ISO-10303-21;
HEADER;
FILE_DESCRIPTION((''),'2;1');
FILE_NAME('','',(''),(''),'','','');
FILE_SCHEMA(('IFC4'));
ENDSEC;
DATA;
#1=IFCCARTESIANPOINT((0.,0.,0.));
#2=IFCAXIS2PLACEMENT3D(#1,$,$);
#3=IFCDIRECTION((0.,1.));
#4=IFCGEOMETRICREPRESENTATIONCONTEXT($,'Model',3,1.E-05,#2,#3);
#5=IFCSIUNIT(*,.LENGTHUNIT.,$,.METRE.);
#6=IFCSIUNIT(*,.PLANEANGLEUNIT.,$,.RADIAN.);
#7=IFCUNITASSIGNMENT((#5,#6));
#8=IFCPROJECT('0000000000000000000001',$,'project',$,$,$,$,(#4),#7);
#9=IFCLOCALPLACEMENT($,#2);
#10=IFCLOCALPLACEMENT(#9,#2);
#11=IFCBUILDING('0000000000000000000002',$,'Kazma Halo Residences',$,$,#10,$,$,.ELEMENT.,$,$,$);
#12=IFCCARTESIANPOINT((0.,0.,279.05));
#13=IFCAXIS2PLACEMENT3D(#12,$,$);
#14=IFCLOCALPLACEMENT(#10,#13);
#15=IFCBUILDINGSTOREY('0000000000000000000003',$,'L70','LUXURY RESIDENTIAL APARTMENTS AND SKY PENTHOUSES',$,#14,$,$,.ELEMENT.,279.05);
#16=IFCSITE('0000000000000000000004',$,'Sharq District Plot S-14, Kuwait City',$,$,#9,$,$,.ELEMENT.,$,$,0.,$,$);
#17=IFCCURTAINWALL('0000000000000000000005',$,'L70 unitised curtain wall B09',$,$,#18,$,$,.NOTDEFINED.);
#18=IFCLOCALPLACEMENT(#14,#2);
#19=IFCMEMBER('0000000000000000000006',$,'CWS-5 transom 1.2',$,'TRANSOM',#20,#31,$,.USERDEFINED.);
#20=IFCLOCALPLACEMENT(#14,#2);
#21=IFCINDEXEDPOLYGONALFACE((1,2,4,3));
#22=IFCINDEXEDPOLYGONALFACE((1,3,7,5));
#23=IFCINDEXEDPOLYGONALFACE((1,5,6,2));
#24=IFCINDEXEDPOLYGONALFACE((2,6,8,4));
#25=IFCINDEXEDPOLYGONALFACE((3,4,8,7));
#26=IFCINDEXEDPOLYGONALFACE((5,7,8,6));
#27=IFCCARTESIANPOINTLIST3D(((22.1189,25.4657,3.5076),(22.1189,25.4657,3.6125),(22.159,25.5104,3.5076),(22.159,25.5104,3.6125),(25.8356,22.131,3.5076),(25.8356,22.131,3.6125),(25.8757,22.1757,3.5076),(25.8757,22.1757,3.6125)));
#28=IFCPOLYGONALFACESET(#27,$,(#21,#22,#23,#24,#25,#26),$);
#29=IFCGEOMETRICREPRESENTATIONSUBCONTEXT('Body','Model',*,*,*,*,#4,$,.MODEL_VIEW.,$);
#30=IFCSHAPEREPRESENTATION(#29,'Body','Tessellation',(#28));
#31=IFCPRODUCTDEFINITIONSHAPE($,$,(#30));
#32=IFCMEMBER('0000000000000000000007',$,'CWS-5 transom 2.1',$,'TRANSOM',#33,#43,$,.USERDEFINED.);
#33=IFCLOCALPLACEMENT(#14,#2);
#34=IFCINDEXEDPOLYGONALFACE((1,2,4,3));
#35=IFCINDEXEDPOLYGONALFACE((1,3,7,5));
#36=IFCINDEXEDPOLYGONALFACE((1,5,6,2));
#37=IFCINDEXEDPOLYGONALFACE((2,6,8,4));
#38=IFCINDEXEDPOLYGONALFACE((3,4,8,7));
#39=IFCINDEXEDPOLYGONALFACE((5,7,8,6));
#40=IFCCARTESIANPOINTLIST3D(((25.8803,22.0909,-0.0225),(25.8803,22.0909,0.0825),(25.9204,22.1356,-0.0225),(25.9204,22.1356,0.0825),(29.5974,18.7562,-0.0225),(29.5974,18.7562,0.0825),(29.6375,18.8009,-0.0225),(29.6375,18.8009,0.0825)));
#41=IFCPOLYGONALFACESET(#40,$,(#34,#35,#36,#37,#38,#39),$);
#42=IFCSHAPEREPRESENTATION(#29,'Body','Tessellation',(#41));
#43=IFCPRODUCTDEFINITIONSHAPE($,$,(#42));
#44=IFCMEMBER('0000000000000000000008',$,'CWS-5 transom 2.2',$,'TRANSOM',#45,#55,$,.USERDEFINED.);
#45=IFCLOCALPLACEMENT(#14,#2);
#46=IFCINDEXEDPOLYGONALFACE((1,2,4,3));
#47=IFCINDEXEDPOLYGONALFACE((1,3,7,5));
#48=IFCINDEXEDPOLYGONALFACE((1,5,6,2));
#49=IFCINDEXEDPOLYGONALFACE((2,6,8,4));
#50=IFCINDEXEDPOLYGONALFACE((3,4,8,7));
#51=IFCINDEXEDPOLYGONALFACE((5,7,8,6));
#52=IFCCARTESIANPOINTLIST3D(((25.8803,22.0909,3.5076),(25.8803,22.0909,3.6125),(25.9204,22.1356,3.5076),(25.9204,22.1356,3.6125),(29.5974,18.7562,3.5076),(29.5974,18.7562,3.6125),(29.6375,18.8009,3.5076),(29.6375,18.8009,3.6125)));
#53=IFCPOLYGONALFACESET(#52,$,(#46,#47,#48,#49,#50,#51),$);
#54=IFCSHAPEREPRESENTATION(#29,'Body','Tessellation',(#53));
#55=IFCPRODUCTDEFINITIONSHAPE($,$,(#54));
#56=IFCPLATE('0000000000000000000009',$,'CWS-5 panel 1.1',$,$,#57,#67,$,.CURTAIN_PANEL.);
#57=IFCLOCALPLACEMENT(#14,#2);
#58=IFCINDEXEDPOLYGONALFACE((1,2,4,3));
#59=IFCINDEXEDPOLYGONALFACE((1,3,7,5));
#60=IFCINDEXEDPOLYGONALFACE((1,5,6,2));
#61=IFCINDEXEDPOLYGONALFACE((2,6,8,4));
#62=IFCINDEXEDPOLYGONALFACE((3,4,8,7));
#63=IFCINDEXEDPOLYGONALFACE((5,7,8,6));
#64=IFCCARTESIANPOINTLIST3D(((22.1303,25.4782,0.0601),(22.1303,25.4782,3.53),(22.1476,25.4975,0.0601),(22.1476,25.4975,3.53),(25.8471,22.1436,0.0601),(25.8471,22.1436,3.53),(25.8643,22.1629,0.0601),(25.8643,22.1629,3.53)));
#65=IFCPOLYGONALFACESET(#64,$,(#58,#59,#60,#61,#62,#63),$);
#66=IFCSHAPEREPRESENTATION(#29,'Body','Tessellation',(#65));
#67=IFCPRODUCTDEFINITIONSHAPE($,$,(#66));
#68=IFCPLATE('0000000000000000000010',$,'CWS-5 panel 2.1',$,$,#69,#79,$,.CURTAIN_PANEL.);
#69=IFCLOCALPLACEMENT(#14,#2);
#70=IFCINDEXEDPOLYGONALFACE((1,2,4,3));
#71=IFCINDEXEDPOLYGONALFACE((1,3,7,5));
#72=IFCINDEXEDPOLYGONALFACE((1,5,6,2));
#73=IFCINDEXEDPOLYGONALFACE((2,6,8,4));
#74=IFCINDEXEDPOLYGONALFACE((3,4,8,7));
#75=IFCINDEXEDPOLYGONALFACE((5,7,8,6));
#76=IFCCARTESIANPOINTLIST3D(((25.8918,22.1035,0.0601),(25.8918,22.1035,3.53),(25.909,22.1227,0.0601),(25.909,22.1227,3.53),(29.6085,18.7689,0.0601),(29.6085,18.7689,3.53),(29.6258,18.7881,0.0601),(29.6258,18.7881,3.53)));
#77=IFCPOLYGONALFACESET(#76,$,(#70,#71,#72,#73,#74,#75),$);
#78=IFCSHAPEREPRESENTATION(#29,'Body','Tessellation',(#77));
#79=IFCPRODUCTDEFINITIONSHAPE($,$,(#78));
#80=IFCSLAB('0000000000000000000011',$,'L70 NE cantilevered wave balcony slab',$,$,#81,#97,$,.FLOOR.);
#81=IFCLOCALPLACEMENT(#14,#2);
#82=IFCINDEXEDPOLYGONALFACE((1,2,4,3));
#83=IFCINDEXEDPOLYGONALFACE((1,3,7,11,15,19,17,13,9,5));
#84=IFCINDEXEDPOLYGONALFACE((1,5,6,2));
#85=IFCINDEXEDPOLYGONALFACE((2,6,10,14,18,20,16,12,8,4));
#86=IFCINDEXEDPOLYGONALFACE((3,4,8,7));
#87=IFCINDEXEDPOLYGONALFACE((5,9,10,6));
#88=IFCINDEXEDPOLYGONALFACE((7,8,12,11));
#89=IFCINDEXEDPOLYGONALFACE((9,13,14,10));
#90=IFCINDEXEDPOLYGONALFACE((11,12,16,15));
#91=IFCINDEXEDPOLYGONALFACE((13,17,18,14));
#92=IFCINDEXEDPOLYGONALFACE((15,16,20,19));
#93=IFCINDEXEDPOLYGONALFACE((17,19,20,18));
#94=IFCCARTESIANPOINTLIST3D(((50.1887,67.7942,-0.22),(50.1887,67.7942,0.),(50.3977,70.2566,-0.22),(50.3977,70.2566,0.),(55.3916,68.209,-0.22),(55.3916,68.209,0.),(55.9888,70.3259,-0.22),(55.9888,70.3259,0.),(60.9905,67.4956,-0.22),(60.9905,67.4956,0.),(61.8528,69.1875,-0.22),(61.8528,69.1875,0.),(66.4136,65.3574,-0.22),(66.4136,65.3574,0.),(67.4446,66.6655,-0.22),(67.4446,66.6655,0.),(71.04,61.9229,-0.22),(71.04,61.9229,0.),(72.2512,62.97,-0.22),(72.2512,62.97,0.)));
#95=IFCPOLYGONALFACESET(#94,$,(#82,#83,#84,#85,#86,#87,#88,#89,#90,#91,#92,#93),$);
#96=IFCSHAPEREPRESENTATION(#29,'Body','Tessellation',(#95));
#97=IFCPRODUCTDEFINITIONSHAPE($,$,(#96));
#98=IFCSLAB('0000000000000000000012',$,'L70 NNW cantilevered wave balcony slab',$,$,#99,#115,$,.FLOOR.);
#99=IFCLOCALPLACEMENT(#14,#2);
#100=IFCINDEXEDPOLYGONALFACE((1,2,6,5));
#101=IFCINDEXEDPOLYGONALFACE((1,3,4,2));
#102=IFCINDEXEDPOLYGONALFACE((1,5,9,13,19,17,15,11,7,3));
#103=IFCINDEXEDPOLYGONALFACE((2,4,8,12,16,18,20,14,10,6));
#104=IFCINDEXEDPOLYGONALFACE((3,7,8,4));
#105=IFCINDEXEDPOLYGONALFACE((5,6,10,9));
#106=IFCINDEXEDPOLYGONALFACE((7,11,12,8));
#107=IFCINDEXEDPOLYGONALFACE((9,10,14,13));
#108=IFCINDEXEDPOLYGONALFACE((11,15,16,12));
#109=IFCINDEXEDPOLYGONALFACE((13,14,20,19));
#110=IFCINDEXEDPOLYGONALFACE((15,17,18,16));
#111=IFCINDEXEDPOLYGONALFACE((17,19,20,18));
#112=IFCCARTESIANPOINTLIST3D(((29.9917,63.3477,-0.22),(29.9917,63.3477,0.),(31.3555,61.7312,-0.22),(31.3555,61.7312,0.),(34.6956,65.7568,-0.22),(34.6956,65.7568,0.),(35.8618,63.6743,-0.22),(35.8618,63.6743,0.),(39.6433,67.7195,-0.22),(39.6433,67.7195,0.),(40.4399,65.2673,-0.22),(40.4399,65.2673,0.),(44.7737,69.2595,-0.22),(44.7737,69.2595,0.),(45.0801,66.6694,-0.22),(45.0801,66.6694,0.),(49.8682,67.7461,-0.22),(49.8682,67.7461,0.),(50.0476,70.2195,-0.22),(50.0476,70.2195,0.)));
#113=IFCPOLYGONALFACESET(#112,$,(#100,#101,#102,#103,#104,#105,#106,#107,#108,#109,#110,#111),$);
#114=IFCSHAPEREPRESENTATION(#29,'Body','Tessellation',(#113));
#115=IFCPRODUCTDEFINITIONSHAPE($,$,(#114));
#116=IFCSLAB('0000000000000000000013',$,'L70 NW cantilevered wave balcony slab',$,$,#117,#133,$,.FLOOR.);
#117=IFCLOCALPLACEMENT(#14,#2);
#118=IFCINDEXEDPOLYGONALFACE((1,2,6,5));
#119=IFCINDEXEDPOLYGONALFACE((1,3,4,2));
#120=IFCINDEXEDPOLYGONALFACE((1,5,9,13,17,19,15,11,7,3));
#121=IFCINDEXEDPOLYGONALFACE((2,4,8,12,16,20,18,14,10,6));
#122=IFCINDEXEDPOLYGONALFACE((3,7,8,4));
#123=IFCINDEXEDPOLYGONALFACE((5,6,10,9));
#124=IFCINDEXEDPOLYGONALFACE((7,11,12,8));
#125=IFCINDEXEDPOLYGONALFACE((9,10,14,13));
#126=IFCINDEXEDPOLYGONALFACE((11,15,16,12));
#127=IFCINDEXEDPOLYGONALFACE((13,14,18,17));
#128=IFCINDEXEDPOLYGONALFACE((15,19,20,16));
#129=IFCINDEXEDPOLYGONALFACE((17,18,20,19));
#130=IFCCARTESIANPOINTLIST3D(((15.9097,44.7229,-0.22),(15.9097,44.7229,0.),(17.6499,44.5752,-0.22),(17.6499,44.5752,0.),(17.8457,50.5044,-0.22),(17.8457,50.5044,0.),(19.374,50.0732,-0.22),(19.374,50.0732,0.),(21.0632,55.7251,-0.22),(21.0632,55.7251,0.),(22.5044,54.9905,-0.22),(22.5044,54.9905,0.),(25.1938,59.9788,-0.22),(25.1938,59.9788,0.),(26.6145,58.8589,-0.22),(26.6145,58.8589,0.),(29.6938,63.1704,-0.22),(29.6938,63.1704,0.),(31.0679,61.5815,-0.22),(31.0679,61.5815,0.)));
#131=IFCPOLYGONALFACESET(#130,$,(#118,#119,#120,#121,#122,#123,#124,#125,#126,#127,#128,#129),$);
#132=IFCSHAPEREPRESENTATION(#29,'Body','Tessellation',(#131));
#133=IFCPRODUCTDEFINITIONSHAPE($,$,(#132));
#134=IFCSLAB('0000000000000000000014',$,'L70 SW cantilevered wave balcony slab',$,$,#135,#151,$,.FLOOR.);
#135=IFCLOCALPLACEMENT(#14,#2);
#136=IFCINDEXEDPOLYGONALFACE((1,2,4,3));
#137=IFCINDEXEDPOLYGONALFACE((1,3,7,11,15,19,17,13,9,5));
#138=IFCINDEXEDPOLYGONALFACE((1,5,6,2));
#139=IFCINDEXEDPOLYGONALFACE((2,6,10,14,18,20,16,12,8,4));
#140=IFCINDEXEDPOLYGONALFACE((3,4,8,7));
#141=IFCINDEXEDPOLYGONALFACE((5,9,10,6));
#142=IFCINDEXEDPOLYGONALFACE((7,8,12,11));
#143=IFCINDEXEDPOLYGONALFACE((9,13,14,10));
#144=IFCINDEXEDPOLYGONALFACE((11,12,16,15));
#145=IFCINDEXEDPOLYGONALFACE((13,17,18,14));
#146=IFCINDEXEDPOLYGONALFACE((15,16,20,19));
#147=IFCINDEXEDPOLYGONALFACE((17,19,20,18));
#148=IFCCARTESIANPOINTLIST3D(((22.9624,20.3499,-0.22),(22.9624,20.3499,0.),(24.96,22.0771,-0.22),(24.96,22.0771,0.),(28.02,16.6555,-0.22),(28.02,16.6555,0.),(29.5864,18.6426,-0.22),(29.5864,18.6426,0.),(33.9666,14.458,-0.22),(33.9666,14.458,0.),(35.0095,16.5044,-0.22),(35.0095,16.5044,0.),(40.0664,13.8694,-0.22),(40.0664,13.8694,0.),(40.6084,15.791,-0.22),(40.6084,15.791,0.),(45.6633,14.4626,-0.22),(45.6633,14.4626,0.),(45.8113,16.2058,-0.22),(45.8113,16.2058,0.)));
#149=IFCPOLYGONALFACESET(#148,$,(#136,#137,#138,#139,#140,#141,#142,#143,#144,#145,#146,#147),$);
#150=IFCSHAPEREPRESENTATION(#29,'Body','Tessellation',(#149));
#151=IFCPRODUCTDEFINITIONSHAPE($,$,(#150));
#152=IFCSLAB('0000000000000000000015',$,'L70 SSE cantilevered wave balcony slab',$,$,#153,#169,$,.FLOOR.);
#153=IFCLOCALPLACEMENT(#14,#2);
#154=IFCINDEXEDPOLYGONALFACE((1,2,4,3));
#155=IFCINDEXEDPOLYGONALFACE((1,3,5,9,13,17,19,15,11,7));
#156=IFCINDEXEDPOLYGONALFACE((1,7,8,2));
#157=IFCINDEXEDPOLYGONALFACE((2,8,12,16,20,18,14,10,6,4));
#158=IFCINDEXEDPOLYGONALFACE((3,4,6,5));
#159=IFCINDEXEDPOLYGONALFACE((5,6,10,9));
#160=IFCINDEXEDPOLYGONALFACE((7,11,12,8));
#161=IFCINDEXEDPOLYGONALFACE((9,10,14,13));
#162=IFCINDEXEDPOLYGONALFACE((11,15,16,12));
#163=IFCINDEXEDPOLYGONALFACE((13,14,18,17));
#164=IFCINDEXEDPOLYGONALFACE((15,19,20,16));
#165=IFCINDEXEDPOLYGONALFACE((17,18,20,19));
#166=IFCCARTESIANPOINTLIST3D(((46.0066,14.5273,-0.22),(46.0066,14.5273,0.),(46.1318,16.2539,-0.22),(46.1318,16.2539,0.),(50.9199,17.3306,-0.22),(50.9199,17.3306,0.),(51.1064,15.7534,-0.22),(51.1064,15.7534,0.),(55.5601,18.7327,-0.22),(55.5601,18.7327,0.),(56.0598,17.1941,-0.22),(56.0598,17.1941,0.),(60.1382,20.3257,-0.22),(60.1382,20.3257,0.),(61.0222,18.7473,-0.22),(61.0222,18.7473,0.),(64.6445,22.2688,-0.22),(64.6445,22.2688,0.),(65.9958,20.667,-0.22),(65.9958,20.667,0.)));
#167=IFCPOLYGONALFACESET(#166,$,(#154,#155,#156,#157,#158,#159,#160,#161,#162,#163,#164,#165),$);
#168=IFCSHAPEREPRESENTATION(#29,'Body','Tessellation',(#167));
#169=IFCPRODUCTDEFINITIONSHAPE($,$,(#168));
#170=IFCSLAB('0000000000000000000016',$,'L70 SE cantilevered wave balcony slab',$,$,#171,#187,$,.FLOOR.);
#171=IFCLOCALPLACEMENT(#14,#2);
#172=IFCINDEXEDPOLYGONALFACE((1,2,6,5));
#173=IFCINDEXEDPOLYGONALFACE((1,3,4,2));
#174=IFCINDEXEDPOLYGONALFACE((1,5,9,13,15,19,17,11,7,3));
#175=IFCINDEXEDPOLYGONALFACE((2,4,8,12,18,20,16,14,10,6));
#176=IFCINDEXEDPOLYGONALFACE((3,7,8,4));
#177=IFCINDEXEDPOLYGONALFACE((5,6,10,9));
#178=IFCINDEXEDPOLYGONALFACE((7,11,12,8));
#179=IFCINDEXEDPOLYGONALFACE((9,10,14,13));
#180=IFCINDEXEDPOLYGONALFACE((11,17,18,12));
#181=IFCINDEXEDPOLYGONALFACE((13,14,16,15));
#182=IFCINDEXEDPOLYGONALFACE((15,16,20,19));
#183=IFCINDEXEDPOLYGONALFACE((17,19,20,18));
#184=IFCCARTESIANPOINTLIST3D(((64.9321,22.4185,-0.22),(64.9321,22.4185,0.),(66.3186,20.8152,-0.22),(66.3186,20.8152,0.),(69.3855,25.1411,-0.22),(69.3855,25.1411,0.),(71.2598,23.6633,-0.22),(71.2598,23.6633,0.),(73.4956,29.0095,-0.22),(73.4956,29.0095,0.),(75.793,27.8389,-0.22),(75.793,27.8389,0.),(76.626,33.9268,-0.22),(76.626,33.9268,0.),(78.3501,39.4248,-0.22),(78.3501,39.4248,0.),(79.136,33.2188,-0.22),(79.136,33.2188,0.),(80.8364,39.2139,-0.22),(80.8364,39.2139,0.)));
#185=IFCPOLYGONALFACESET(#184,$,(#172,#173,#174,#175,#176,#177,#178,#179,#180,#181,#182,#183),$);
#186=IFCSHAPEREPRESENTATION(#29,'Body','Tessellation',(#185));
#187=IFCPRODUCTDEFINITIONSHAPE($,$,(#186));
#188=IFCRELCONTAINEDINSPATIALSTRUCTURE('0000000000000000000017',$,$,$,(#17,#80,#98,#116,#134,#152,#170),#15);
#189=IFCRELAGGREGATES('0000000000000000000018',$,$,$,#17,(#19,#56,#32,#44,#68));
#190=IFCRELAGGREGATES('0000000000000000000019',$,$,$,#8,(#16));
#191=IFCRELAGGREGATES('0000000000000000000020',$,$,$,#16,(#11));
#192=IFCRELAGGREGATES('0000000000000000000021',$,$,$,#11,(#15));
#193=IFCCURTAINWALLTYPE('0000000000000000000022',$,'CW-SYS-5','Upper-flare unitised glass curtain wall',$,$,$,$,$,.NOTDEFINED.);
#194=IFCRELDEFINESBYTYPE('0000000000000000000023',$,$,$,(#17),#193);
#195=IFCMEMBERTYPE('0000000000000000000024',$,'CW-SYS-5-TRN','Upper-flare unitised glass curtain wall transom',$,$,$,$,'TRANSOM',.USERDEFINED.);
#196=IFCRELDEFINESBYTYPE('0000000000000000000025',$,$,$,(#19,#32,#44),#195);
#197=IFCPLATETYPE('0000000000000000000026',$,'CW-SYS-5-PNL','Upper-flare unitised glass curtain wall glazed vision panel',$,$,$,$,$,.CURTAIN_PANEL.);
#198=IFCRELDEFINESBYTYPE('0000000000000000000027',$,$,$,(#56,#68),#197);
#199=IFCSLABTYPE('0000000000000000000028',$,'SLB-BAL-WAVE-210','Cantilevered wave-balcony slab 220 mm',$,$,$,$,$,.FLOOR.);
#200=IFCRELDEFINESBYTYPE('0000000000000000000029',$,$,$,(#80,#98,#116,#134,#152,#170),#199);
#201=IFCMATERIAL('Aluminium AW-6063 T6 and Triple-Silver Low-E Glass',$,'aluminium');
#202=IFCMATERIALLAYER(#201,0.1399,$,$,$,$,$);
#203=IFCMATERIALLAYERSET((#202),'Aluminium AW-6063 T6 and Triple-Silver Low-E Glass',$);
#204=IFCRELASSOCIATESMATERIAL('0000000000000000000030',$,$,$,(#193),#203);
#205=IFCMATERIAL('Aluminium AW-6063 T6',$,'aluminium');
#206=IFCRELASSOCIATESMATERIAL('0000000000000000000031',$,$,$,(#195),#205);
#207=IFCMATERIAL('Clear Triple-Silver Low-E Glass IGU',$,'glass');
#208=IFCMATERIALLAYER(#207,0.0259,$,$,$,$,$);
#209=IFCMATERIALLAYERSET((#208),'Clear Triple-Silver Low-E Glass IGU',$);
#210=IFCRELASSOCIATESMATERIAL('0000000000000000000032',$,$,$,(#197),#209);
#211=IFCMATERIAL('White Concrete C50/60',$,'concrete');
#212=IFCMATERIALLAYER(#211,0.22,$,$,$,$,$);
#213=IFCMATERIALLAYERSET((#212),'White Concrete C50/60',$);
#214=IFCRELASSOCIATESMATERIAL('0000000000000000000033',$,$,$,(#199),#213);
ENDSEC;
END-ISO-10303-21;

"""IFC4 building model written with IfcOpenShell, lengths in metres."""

from ifc_helpers import new_model, si_unit, direction, frame, origin, origin_2d, place, context, subcontext, project, spatial, polyline, rectangle, outline, extrude, material, layer, layer_set, material_profile, profile_set, type_object, element, aggregate, save


model = new_model("IFC4")

# Units and contexts
model_context = context("Model", 3, precision=1e-05, world=origin(), true_north=direction((0.0, 1.0)))
body_context = subcontext(model_context, "Body", "Model", "MODEL_VIEW")
ifc_project = project(units=[si_unit("LENGTHUNIT", "METRE"), si_unit("PLANEANGLEUNIT", "RADIAN")], contexts=[model_context])

# Site, building, storey
site_placement = place(None, origin())
site = spatial("IfcSite", under=ifc_project, at=site_placement, Name="Sharq District Plot S-14, Kuwait City", CompositionType="ELEMENT", RefElevation=0.0)
building_placement = place(site_placement, origin())
building = spatial("IfcBuilding", under=site, at=building_placement, Name="Kazma Halo Residences", CompositionType="ELEMENT")
storey_placement = place(building_placement, frame((0.0, 0.0, 279.05)))
storey = spatial("IfcBuildingStorey", under=building, at=storey_placement, Name="L70", Description="LUXURY RESIDENTIAL APARTMENTS AND SKY PENTHOUSES", CompositionType="ELEMENT", Elevation=279.05)

# Curtain wall, members, plates
ifc_material_1 = material(Name="Aluminium AW-6063 T6 and Triple-Silver Low-E Glass", Category="aluminium")
ifc_layer_1 = layer(ifc_material_1, 0.1399)
ifc_layer_set_1 = layer_set([ifc_layer_1], Name="Aluminium AW-6063 T6 and Triple-Silver Low-E Glass")
curtain_wall_type = type_object("IfcCurtainWallType", Name="CW-SYS-5", Description="Upper-flare unitised glass curtain wall", PredefinedType="NOTDEFINED", material=ifc_layer_set_1)
curtain_wall_placement = place(storey_placement, origin())
curtain_wall = element("IfcCurtainWall", 1, at=curtain_wall_placement, inside=storey, type_object=curtain_wall_type, Name="L70 unitised curtain wall B09", PredefinedType="NOTDEFINED")
ifc_material_2 = material(Name="Aluminium AW-6063 T6", Category="aluminium")
ifc_material_profile_1 = material_profile(ifc_material_2, rectangle(XDim=0.0601, YDim=0.105, at=origin_2d()), Name="CWT-60x105")
ifc_profile_set_1 = profile_set([ifc_material_profile_1], Name="Aluminium AW-6063 T6")
member_type_1 = type_object("IfcMemberType", Name="CW-SYS-5-TRN", Description="Upper-flare unitised glass curtain wall transom", ElementType="TRANSOM", PredefinedType="USERDEFINED", material=ifc_profile_set_1)
member_1_placement = place(storey_placement, frame((22.1389, 25.488, 3.5601), z_axis=(0.744329, -0.667813, 0.0), x_axis=(0.667813, 0.744329, 0.0)))
member_1 = element("IfcMember", 2, at=member_1_placement, type_object=member_type_1, Name="CWS-5 transom 1.2", ObjectType="TRANSOM", PredefinedType="USERDEFINED", context=body_context, shape_type="SweptSolid", body=[
    extrude(rectangle(XDim=0.0601, YDim=0.105, at=origin_2d()), origin(), (0.0, 0.0, 1.0), 4.9934),
])
member_2_placement = place(storey_placement, frame((25.9004, 22.1133, 0.03), z_axis=(0.744351, -0.667789, 0.0), x_axis=(0.667789, 0.744351, 0.0)))
member_2 = element("IfcMember", 3, at=member_2_placement, type_object=member_type_1, Name="CWS-5 transom 2.1", ObjectType="TRANSOM", PredefinedType="USERDEFINED", context=body_context, shape_type="SweptSolid", body=[
    extrude(rectangle(XDim=0.0601, YDim=0.105, at=origin_2d()), origin(), (0.0, 0.0, 1.0), 4.9937),
])
member_3_placement = place(storey_placement, frame((25.9004, 22.1133, 3.5601), z_axis=(0.744351, -0.667789, 0.0), x_axis=(0.667789, 0.744351, 0.0)))
member_3 = element("IfcMember", 4, at=member_3_placement, type_object=member_type_1, Name="CWS-5 transom 2.2", ObjectType="TRANSOM", PredefinedType="USERDEFINED", context=body_context, shape_type="SweptSolid", body=[
    extrude(rectangle(XDim=0.0601, YDim=0.105, at=origin_2d()), origin(), (0.0, 0.0, 1.0), 4.9937),
])
ifc_material_3 = material(Name="Clear Triple-Silver Low-E Glass IGU", Category="glass")
ifc_layer_2 = layer(ifc_material_3, 0.0259)
ifc_layer_set_2 = layer_set([ifc_layer_2], Name="Clear Triple-Silver Low-E Glass IGU")
plate_type = type_object("IfcPlateType", Name="CW-SYS-5-PNL", Description="Upper-flare unitised glass curtain wall glazed vision panel", PredefinedType="CURTAIN_PANEL", material=ifc_layer_set_2)
plate_1_placement = place(storey_placement, frame((23.9973, 23.8206, 0.0601), z_axis=(0.0, 0.0, 1.0), x_axis=(0.744336, -0.667805, 0.0)))
plate_1 = element("IfcPlate", 5, at=plate_1_placement, type_object=plate_type, Name="CWS-5 panel 1.1", PredefinedType="CURTAIN_PANEL", context=body_context, shape_type="SweptSolid", body=[
    extrude(rectangle(XDim=4.9934, YDim=0.0259, at=origin_2d()), origin(), (0.0, 0.0, 1.0), 3.47),
])
plate_2_placement = place(storey_placement, frame((27.7588, 20.4458, 0.0601), z_axis=(0.0, 0.0, 1.0), x_axis=(0.744336, -0.667805, 0.0)))
plate_2 = element("IfcPlate", 6, at=plate_2_placement, type_object=plate_type, Name="CWS-5 panel 2.1", PredefinedType="CURTAIN_PANEL", context=body_context, shape_type="SweptSolid", body=[
    extrude(rectangle(XDim=4.9934, YDim=0.0259, at=origin_2d()), origin(), (0.0, 0.0, 1.0), 3.47),
])
aggregate(curtain_wall, [member_1, plate_1, member_2, member_3, plate_2])

# Slabs
ifc_material_4 = material(Name="White Concrete C50/60", Category="concrete")
ifc_layer_3 = layer(ifc_material_4, 0.22)
ifc_layer_set_3 = layer_set([ifc_layer_3], Name="White Concrete C50/60")
slab_type_1 = type_object("IfcSlabType", Name="SLB-BAL-WAVE-210", Description="Cantilevered wave-balcony slab 220 mm", PredefinedType="FLOOR", material=ifc_layer_set_3)
slab_1_placement = place(storey_placement, frame((0.0, 0.0, -0.22)))
element("IfcSlab", 7, at=slab_1_placement, inside=storey, type_object=slab_type_1, Name="L70 NE cantilevered wave balcony slab", PredefinedType="FLOOR", context=body_context, shape_type="SweptSolid", body=[
    extrude(outline(polyline([(71.04, 61.9229), (66.4136, 65.3574), (60.9905, 67.4956), (55.3916, 68.209), (50.1887, 67.7942), (50.3977, 70.2566), (55.9888, 70.3259), (61.8528, 69.1875), (67.4446, 66.6655), (72.2512, 62.97), (71.04, 61.9229)])), origin(), (0.0, 0.0, 1.0), 0.22),
])
slab_2_placement = place(storey_placement, frame((0.0, 0.0, -0.22)))
element("IfcSlab", 8, at=slab_2_placement, inside=storey, type_object=slab_type_1, Name="L70 NNW cantilevered wave balcony slab", PredefinedType="FLOOR", context=body_context, shape_type="SweptSolid", body=[
    extrude(outline(polyline([(49.8682, 67.7461), (45.0801, 66.6694), (40.4399, 65.2673), (35.8618, 63.6743), (31.3555, 61.7312), (29.9917, 63.3477), (34.6956, 65.7568), (39.6433, 67.7195), (44.7737, 69.2595), (50.0476, 70.2195), (49.8682, 67.7461)])), origin(), (0.0, 0.0, 1.0), 0.22),
])
slab_3_placement = place(storey_placement, frame((0.0, 0.0, -0.22)))
element("IfcSlab", 9, at=slab_3_placement, inside=storey, type_object=slab_type_1, Name="L70 NW cantilevered wave balcony slab", PredefinedType="FLOOR", context=body_context, shape_type="SweptSolid", body=[
    extrude(outline(polyline([(31.0679, 61.5815), (26.6145, 58.8589), (22.5044, 54.9905), (19.374, 50.0732), (17.6499, 44.5752), (15.9097, 44.7229), (17.8457, 50.5044), (21.0632, 55.7251), (25.1938, 59.9788), (29.6938, 63.1704), (31.0679, 61.5815)])), origin(), (0.0, 0.0, 1.0), 0.22),
])
slab_4_placement = place(storey_placement, frame((0.0, 0.0, -0.22)))
element("IfcSlab", 10, at=slab_4_placement, inside=storey, type_object=slab_type_1, Name="L70 SW cantilevered wave balcony slab", PredefinedType="FLOOR", context=body_context, shape_type="SweptSolid", body=[
    extrude(outline(polyline([(24.96, 22.0771), (29.5864, 18.6426), (35.0095, 16.5044), (40.6084, 15.791), (45.8113, 16.2058), (45.6633, 14.4626), (40.0664, 13.8694), (33.9666, 14.458), (28.02, 16.6555), (22.9624, 20.3499), (24.96, 22.0771)])), origin(), (0.0, 0.0, 1.0), 0.22),
])
slab_5_placement = place(storey_placement, frame((0.0, 0.0, -0.22)))
element("IfcSlab", 11, at=slab_5_placement, inside=storey, type_object=slab_type_1, Name="L70 SSE cantilevered wave balcony slab", PredefinedType="FLOOR", context=body_context, shape_type="SweptSolid", body=[
    extrude(outline(polyline([(46.1318, 16.2539), (50.9199, 17.3306), (55.5601, 18.7327), (60.1382, 20.3257), (64.6445, 22.2688), (65.9958, 20.667), (61.0222, 18.7473), (56.0598, 17.1941), (51.1064, 15.7534), (46.0066, 14.5273), (46.1318, 16.2539)])), origin(), (0.0, 0.0, 1.0), 0.22),
])
slab_6_placement = place(storey_placement, frame((0.0, 0.0, -0.22)))
element("IfcSlab", 12, at=slab_6_placement, inside=storey, type_object=slab_type_1, Name="L70 SE cantilevered wave balcony slab", PredefinedType="FLOOR", context=body_context, shape_type="SweptSolid", body=[
    extrude(outline(polyline([(64.9321, 22.4185), (69.3855, 25.1411), (73.4956, 29.0095), (76.626, 33.9268), (78.3501, 39.4248), (80.8364, 39.2139), (79.136, 33.2188), (75.793, 27.8389), (71.2598, 23.6633), (66.3186, 20.8152), (64.9321, 22.4185)])), origin(), (0.0, 0.0, 1.0), 0.22),
])

save(model, "model.ifc")
